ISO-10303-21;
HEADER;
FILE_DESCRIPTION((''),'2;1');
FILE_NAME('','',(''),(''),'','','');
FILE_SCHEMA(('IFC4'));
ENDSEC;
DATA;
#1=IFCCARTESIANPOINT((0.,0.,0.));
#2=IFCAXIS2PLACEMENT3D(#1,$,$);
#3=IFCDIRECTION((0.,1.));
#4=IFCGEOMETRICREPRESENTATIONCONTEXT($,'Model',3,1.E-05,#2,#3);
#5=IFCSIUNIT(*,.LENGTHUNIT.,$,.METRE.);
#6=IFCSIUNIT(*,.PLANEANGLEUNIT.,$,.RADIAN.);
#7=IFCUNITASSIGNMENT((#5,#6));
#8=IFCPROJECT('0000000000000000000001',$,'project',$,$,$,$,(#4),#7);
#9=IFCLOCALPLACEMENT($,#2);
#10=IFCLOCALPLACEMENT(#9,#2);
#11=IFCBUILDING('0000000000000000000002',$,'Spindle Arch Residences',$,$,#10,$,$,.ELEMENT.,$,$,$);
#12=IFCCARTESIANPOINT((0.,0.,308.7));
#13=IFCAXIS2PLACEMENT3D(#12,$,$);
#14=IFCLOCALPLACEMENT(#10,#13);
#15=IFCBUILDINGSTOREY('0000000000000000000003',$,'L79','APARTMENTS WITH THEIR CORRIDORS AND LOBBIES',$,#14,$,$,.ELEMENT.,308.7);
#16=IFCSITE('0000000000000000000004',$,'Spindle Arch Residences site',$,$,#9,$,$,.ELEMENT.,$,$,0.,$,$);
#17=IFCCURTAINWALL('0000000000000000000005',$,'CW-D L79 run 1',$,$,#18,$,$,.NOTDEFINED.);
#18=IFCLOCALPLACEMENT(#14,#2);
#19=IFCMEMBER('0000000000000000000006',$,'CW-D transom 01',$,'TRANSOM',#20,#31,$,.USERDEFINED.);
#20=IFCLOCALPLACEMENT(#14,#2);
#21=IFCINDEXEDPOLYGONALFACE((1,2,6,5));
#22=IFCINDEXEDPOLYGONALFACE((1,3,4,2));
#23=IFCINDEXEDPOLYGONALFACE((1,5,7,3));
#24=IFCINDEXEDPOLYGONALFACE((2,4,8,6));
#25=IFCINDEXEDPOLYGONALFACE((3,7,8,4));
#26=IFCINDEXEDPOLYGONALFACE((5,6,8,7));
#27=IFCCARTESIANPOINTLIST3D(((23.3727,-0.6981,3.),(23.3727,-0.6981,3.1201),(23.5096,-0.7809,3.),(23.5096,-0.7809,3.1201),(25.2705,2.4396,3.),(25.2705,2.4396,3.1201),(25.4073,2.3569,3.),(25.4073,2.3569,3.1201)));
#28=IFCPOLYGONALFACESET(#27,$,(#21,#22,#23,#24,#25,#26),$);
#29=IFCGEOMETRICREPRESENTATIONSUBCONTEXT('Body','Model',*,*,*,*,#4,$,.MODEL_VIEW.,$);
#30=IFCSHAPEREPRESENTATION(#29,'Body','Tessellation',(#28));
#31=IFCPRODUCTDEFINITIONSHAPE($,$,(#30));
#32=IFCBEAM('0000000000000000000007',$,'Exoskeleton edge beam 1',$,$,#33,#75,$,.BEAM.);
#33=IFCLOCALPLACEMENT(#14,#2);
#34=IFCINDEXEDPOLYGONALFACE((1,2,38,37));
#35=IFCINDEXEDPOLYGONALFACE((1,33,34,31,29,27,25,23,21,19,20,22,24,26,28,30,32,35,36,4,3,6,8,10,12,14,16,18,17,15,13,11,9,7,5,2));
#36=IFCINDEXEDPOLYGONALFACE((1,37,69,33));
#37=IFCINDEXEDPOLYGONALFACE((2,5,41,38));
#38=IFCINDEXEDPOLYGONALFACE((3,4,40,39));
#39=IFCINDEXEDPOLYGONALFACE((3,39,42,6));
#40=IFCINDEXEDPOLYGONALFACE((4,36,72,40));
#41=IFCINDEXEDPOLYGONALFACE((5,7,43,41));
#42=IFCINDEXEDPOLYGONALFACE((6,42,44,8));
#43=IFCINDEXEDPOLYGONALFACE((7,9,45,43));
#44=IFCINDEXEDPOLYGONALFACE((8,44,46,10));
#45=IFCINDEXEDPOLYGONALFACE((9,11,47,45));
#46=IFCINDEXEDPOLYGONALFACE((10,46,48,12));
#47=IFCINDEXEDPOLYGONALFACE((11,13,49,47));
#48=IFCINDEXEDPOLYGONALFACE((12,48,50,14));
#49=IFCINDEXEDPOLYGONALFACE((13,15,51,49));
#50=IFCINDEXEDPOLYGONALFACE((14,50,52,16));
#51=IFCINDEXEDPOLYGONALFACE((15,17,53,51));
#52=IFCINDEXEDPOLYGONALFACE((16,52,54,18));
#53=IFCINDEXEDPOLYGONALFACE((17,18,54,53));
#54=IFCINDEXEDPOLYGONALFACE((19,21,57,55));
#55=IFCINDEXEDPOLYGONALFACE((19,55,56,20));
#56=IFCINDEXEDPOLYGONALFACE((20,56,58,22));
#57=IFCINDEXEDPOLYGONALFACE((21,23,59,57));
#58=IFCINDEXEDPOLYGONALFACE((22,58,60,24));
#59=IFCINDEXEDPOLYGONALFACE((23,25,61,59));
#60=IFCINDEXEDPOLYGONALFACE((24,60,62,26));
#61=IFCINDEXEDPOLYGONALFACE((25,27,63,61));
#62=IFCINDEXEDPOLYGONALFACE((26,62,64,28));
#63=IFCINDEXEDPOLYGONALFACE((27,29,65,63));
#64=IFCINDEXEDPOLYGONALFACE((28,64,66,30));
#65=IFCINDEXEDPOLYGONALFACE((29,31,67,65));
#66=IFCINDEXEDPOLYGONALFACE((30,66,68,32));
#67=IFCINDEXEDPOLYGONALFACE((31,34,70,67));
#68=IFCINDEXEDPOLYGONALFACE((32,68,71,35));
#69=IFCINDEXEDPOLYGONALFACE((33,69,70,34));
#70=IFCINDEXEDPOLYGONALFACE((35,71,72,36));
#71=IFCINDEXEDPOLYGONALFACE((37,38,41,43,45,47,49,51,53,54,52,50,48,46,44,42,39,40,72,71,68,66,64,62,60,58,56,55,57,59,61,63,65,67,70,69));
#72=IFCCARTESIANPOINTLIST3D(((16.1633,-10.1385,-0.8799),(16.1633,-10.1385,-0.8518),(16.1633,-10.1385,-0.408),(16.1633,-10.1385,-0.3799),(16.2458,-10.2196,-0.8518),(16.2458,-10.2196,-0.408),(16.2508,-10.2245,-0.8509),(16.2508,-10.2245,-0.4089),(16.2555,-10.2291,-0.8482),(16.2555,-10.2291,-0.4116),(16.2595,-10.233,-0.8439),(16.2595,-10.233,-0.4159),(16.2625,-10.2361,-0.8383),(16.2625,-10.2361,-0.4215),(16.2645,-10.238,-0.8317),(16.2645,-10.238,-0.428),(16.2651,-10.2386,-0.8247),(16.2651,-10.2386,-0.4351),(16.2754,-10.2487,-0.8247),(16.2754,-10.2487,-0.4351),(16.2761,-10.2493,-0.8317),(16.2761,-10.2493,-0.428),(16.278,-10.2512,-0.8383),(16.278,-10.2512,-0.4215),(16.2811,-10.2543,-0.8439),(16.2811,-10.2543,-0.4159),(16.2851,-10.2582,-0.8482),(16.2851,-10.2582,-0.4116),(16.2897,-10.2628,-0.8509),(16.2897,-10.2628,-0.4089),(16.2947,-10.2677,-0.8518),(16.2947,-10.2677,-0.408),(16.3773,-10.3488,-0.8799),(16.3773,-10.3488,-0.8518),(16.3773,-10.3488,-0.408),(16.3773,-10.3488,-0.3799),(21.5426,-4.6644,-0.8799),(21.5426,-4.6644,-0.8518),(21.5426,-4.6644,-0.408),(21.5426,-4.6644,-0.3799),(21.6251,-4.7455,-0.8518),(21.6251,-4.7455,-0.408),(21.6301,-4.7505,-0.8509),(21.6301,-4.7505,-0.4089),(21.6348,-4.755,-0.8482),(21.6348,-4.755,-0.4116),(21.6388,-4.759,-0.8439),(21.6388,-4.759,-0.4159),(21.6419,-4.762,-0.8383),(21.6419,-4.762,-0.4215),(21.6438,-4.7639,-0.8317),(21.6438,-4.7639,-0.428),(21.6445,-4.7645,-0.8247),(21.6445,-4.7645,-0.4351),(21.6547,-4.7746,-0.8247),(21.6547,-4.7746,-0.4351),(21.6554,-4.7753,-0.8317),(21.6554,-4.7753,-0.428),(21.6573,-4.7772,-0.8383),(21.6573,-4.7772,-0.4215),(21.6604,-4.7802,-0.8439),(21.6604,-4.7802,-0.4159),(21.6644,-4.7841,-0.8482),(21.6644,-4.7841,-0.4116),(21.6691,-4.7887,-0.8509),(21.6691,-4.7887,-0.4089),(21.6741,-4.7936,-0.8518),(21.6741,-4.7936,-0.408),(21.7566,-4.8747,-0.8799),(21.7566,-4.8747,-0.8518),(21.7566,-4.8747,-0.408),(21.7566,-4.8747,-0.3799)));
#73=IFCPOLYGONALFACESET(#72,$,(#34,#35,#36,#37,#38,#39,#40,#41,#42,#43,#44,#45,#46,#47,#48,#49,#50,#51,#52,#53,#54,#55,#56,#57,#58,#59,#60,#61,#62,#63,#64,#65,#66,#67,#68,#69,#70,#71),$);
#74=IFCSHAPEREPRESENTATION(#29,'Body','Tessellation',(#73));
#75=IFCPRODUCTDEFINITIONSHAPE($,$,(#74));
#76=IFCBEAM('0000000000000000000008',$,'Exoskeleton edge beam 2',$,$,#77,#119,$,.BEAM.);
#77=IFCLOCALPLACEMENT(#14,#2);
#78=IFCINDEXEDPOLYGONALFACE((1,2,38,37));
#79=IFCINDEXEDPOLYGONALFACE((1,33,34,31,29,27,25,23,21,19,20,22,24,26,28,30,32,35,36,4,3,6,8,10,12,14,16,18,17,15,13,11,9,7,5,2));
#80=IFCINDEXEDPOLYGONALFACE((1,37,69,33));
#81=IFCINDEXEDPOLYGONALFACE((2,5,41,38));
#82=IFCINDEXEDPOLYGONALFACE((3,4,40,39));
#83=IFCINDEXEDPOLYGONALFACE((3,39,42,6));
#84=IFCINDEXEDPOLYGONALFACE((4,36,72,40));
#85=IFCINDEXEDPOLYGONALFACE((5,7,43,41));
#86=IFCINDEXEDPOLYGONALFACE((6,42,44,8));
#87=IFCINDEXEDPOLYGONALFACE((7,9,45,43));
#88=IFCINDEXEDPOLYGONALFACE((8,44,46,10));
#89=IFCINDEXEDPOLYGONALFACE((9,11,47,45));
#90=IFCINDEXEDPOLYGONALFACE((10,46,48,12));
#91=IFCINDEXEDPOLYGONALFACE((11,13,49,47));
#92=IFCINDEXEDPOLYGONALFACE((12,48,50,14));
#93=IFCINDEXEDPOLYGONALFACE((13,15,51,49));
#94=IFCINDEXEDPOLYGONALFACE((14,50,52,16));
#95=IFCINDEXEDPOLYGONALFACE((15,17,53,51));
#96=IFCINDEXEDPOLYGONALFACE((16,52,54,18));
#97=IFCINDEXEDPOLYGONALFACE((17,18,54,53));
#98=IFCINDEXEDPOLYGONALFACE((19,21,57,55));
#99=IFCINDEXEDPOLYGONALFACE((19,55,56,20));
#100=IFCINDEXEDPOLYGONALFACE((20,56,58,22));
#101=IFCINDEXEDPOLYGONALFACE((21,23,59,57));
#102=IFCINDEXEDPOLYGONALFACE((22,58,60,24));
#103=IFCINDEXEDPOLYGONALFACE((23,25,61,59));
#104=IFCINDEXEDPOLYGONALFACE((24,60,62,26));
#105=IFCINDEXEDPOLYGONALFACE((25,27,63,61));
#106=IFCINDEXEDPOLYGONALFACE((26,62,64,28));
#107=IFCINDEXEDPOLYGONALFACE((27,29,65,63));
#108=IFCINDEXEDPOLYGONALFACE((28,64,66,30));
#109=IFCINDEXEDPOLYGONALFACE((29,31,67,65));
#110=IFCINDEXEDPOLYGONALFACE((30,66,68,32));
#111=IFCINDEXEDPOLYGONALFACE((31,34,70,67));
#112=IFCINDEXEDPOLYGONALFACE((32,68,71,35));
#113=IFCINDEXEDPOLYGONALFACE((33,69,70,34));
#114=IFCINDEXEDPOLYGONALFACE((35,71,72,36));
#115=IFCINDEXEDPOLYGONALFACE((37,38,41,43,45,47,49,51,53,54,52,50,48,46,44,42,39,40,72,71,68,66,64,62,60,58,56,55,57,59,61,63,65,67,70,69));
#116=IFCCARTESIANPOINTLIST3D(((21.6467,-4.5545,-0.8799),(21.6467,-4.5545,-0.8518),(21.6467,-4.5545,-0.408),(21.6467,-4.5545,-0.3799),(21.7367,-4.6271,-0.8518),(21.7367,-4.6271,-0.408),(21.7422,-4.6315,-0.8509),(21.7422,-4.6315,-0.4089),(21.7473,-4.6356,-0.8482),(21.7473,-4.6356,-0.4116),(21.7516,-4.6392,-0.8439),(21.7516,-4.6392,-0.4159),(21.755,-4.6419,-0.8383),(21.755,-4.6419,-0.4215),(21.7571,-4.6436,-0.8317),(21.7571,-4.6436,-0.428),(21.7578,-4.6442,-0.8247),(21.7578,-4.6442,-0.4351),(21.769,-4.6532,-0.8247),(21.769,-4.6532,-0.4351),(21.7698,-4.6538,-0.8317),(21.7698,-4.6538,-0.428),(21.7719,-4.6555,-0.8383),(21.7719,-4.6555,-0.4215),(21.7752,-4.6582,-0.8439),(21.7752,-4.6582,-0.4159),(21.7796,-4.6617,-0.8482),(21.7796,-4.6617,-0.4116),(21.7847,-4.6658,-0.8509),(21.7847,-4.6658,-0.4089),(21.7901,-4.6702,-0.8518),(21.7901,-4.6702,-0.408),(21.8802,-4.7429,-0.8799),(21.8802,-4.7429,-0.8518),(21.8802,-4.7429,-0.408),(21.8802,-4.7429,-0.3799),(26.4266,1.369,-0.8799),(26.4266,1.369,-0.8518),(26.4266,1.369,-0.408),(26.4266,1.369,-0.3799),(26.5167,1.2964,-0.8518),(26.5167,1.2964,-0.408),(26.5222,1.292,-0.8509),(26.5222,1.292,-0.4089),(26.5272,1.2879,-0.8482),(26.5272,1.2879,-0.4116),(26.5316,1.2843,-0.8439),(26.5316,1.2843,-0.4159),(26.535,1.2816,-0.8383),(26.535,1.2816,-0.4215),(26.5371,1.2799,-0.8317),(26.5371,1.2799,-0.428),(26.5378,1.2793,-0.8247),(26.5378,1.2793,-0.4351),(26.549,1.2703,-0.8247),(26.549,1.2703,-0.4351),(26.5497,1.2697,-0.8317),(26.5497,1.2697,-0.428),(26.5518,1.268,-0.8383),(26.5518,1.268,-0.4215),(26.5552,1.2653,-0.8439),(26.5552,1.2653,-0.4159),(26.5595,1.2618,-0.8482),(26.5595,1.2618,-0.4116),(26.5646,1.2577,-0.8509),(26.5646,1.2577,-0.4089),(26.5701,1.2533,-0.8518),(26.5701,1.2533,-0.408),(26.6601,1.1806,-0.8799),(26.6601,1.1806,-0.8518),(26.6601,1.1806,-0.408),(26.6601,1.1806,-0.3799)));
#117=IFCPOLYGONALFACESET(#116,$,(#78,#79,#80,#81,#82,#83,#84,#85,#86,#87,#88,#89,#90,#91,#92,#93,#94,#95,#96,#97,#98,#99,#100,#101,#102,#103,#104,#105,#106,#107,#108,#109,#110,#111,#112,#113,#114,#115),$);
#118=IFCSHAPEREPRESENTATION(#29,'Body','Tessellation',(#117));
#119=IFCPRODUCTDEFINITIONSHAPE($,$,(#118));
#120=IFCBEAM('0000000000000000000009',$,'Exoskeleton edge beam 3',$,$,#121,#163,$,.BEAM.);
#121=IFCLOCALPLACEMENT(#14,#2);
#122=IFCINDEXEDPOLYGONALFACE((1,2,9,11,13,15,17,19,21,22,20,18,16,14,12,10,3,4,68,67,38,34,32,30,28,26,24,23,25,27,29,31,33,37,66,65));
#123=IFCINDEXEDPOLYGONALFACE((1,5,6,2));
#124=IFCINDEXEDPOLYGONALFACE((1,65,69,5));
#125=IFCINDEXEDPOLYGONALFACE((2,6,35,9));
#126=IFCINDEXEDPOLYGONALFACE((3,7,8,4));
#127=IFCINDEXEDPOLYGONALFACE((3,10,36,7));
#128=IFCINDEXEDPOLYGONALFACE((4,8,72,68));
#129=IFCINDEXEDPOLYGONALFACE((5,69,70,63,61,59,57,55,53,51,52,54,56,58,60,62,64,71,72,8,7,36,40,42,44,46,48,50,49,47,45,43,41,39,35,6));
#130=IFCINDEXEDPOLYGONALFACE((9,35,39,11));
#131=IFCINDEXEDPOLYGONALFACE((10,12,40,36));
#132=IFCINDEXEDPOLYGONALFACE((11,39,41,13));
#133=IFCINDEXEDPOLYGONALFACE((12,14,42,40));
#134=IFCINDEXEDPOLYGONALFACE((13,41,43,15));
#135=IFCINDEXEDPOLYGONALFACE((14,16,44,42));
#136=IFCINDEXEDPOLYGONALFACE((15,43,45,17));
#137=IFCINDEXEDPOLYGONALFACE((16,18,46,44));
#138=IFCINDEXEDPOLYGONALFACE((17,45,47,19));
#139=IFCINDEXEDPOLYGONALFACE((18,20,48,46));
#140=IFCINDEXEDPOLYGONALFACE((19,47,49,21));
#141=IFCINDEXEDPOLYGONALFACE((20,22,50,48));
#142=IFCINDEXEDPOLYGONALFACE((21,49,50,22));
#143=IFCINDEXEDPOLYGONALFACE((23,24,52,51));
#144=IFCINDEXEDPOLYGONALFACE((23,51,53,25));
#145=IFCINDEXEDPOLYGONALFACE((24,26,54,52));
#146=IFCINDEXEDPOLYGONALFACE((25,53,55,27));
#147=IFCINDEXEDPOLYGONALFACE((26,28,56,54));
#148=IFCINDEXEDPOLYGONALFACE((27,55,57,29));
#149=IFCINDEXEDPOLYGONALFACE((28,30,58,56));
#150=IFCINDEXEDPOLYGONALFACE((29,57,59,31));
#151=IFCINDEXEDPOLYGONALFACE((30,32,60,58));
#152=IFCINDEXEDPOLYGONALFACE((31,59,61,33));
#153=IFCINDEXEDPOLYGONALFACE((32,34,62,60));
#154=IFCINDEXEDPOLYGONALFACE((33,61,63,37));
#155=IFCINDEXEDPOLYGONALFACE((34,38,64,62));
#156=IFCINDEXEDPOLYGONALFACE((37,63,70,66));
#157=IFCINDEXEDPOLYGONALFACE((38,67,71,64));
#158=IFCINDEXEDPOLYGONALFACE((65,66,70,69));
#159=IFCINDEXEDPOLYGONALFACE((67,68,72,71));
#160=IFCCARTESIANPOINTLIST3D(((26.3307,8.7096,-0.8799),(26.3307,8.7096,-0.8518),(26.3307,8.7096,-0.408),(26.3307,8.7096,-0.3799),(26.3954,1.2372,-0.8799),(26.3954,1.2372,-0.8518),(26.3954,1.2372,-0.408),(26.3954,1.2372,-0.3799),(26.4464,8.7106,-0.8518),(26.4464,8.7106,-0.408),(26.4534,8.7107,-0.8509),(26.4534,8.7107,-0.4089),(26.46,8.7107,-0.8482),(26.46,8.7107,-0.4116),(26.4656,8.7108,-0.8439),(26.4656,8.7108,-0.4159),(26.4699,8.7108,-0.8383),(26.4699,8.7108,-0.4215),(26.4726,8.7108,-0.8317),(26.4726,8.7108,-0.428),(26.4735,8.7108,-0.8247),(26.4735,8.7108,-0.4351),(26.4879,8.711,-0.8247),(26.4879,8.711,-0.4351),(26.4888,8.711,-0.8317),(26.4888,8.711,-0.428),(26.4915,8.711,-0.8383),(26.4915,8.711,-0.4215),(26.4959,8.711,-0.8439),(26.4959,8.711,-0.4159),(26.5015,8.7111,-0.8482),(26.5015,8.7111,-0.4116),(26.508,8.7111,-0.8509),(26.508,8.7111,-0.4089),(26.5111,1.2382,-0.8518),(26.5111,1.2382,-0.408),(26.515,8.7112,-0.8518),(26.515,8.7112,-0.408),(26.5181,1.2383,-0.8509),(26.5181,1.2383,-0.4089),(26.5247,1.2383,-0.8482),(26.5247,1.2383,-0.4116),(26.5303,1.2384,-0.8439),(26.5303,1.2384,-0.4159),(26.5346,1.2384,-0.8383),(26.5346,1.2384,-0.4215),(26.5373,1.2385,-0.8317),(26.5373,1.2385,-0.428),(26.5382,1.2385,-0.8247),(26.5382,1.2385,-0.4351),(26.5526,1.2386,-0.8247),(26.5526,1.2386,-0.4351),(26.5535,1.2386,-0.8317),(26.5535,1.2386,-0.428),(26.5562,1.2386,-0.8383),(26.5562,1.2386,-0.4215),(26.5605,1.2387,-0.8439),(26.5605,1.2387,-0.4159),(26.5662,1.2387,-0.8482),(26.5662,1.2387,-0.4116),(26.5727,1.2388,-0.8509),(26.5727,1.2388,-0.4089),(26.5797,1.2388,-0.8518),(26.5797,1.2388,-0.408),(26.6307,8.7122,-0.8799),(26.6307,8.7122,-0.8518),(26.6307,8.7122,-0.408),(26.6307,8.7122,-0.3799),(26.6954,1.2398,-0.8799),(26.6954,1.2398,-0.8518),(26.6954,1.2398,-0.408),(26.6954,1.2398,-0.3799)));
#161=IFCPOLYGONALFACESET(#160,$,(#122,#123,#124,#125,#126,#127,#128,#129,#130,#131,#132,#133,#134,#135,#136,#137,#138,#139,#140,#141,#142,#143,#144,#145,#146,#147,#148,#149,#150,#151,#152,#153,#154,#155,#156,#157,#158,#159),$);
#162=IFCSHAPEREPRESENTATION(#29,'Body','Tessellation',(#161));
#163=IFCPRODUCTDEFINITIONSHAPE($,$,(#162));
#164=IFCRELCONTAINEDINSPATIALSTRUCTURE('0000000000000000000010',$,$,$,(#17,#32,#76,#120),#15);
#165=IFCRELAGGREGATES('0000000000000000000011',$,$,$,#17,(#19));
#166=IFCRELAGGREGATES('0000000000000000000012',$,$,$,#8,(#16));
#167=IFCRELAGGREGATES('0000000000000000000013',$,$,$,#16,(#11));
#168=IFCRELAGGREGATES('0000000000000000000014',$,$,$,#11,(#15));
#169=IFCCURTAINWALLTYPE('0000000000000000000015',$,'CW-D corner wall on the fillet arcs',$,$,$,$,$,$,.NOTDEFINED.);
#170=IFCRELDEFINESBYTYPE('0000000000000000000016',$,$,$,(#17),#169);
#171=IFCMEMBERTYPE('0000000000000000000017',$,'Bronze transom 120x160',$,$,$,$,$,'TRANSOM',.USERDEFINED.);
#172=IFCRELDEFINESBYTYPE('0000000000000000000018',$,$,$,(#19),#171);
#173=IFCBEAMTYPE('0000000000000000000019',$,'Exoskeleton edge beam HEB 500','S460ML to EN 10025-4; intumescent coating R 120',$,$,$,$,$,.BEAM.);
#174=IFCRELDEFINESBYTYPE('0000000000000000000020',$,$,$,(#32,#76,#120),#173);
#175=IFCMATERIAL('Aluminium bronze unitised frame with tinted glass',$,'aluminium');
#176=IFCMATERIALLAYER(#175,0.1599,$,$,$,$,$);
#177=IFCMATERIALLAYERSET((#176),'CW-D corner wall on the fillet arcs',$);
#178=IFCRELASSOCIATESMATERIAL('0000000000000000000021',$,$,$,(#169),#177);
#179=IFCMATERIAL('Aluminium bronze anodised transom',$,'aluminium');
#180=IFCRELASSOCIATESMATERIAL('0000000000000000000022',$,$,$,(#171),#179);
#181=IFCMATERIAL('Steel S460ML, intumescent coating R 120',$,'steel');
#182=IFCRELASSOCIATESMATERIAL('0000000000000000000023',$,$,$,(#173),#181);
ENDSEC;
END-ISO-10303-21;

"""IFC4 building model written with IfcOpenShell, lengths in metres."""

from ifc_helpers import new_model, si_unit, direction, frame, origin, origin_2d, place, context, subcontext, project, spatial, rectangle, i_section, extrude, material, layer, layer_set, material_profile, profile_set, type_object, element, aggregate, save


model = new_model("IFC4")

# Units and contexts
model_context = context("Model", 3, precision=1e-05, world=origin(), true_north=direction((0.0, 1.0)))
body_context = subcontext(model_context, "Body", "Model", "MODEL_VIEW")
ifc_project = project(units=[si_unit("LENGTHUNIT", "METRE"), si_unit("PLANEANGLEUNIT", "RADIAN")], contexts=[model_context])

# Site, building, storey
site_placement = place(None, origin())
site = spatial("IfcSite", under=ifc_project, at=site_placement, Name="Spindle Arch Residences site", CompositionType="ELEMENT", RefElevation=0.0)
building_placement = place(site_placement, origin())
building = spatial("IfcBuilding", under=site, at=building_placement, Name="Spindle Arch Residences", CompositionType="ELEMENT")
storey_placement = place(building_placement, frame((0.0, 0.0, 308.7)))
storey = spatial("IfcBuildingStorey", under=building, at=storey_placement, Name="L79", Description="APARTMENTS WITH THEIR CORRIDORS AND LOBBIES", CompositionType="ELEMENT", Elevation=308.7)

# Curtain wall
ifc_material_1 = material(Name="Aluminium bronze unitised frame with tinted glass", Category="aluminium")
ifc_layer_1 = layer(ifc_material_1, 0.1599)
ifc_layer_set_1 = layer_set([ifc_layer_1], Name="CW-D corner wall on the fillet arcs")
curtain_wall_type_1 = type_object("IfcCurtainWallType", Name="CW-D corner wall on the fillet arcs", PredefinedType="NOTDEFINED", material=ifc_layer_set_1)
curtain_wall_1_placement = place(storey_placement, origin())
curtain_wall_1 = element("IfcCurtainWall", 1, at=curtain_wall_1_placement, inside=storey, type_object=curtain_wall_type_1, Name="CW-D L79 run 1", PredefinedType="NOTDEFINED")

# Member
ifc_material_2 = material(Name="Aluminium bronze anodised transom", Category="aluminium")
ifc_material_profile_1 = material_profile(ifc_material_2, rectangle(XDim=0.1599, YDim=0.1201, at=origin_2d()), Name="TR 120x160")
ifc_profile_set_1 = profile_set([ifc_material_profile_1], Name="Aluminium bronze anodised transom")
member_type_1 = type_object("IfcMemberType", Name="Bronze transom 120x160", ElementType="TRANSOM", PredefinedType="USERDEFINED", material=ifc_profile_set_1)
member_1_placement = place(storey_placement, frame((23.4412, -0.7395, 3.0601), z_axis=(0.517518, 0.855672, 0.0), x_axis=(-0.855672, 0.517518, 0.0)))
member_1 = element("IfcMember", 2, at=member_1_placement, type_object=member_type_1, Name="CW-D transom 01", ObjectType="TRANSOM", PredefinedType="USERDEFINED", context=body_context, shape_type="SweptSolid", body=[
    extrude(rectangle(XDim=0.1599, YDim=0.1201, at=origin_2d()), origin(), (0.0, 0.0, 1.0), 3.667),
])

# Beams
ifc_material_3 = material(Name="Steel S460ML, intumescent coating R 120", Category="steel")
ifc_material_profile_2 = material_profile(ifc_material_3, i_section(OverallWidth=0.3, OverallDepth=0.5, WebThickness=0.0144, FlangeThickness=0.0281, FilletRadius=0.0271, at=origin_2d()), Name="HEB 500")
ifc_profile_set_2 = profile_set([ifc_material_profile_2], Name="Steel S460ML, intumescent coating R 120")
beam_type_1 = type_object("IfcBeamType", Name="Exoskeleton edge beam HEB 500", Description="S460ML to EN 10025-4; intumescent coating R 120", PredefinedType="BEAM", material=ifc_profile_set_2)
beam_1_placement = place(storey_placement, frame((16.2703, -10.2437, -0.6299), z_axis=(0.700909, 0.713251, 0.0), x_axis=(-0.713251, 0.700909, 0.0)))
element("IfcBeam", 3, at=beam_1_placement, inside=storey, type_object=beam_type_1, Name="Exoskeleton edge beam 1", PredefinedType="BEAM", context=body_context, shape_type="SweptSolid", body=[
    extrude(i_section(OverallWidth=0.3, OverallDepth=0.5, WebThickness=0.0144, FlangeThickness=0.0281, FilletRadius=0.0271, at=origin_2d()), origin(), (0.0, 0.0, 1.0), 7.6748),
])
beam_2_placement = place(storey_placement, frame((21.7634, -4.6487, -0.6299), z_axis=(0.627987, 0.778224, 0.0), x_axis=(-0.778224, 0.627987, 0.0)))
element("IfcBeam", 4, at=beam_2_placement, inside=storey, type_object=beam_type_1, Name="Exoskeleton edge beam 2", PredefinedType="BEAM", context=body_context, shape_type="SweptSolid", body=[
    extrude(i_section(OverallWidth=0.3, OverallDepth=0.5, WebThickness=0.0144, FlangeThickness=0.0281, FilletRadius=0.0271, at=origin_2d()), origin(), (0.0, 0.0, 1.0), 7.6116),
])
beam_3_placement = place(storey_placement, frame((26.5454, 1.2385, -0.6299), z_axis=(-0.008658, 0.999963, 0.0), x_axis=(-0.999963, -0.008658, 0.0)))
element("IfcBeam", 5, at=beam_3_placement, inside=storey, type_object=beam_type_1, Name="Exoskeleton edge beam 3", PredefinedType="BEAM", context=body_context, shape_type="SweptSolid", body=[
    extrude(i_section(OverallWidth=0.3, OverallDepth=0.5, WebThickness=0.0144, FlangeThickness=0.0281, FilletRadius=0.0271, at=origin_2d()), origin(), (0.0, 0.0, 1.0), 7.4727),
])

aggregate(curtain_wall_1, [member_1])

save(model, "model.ifc")
